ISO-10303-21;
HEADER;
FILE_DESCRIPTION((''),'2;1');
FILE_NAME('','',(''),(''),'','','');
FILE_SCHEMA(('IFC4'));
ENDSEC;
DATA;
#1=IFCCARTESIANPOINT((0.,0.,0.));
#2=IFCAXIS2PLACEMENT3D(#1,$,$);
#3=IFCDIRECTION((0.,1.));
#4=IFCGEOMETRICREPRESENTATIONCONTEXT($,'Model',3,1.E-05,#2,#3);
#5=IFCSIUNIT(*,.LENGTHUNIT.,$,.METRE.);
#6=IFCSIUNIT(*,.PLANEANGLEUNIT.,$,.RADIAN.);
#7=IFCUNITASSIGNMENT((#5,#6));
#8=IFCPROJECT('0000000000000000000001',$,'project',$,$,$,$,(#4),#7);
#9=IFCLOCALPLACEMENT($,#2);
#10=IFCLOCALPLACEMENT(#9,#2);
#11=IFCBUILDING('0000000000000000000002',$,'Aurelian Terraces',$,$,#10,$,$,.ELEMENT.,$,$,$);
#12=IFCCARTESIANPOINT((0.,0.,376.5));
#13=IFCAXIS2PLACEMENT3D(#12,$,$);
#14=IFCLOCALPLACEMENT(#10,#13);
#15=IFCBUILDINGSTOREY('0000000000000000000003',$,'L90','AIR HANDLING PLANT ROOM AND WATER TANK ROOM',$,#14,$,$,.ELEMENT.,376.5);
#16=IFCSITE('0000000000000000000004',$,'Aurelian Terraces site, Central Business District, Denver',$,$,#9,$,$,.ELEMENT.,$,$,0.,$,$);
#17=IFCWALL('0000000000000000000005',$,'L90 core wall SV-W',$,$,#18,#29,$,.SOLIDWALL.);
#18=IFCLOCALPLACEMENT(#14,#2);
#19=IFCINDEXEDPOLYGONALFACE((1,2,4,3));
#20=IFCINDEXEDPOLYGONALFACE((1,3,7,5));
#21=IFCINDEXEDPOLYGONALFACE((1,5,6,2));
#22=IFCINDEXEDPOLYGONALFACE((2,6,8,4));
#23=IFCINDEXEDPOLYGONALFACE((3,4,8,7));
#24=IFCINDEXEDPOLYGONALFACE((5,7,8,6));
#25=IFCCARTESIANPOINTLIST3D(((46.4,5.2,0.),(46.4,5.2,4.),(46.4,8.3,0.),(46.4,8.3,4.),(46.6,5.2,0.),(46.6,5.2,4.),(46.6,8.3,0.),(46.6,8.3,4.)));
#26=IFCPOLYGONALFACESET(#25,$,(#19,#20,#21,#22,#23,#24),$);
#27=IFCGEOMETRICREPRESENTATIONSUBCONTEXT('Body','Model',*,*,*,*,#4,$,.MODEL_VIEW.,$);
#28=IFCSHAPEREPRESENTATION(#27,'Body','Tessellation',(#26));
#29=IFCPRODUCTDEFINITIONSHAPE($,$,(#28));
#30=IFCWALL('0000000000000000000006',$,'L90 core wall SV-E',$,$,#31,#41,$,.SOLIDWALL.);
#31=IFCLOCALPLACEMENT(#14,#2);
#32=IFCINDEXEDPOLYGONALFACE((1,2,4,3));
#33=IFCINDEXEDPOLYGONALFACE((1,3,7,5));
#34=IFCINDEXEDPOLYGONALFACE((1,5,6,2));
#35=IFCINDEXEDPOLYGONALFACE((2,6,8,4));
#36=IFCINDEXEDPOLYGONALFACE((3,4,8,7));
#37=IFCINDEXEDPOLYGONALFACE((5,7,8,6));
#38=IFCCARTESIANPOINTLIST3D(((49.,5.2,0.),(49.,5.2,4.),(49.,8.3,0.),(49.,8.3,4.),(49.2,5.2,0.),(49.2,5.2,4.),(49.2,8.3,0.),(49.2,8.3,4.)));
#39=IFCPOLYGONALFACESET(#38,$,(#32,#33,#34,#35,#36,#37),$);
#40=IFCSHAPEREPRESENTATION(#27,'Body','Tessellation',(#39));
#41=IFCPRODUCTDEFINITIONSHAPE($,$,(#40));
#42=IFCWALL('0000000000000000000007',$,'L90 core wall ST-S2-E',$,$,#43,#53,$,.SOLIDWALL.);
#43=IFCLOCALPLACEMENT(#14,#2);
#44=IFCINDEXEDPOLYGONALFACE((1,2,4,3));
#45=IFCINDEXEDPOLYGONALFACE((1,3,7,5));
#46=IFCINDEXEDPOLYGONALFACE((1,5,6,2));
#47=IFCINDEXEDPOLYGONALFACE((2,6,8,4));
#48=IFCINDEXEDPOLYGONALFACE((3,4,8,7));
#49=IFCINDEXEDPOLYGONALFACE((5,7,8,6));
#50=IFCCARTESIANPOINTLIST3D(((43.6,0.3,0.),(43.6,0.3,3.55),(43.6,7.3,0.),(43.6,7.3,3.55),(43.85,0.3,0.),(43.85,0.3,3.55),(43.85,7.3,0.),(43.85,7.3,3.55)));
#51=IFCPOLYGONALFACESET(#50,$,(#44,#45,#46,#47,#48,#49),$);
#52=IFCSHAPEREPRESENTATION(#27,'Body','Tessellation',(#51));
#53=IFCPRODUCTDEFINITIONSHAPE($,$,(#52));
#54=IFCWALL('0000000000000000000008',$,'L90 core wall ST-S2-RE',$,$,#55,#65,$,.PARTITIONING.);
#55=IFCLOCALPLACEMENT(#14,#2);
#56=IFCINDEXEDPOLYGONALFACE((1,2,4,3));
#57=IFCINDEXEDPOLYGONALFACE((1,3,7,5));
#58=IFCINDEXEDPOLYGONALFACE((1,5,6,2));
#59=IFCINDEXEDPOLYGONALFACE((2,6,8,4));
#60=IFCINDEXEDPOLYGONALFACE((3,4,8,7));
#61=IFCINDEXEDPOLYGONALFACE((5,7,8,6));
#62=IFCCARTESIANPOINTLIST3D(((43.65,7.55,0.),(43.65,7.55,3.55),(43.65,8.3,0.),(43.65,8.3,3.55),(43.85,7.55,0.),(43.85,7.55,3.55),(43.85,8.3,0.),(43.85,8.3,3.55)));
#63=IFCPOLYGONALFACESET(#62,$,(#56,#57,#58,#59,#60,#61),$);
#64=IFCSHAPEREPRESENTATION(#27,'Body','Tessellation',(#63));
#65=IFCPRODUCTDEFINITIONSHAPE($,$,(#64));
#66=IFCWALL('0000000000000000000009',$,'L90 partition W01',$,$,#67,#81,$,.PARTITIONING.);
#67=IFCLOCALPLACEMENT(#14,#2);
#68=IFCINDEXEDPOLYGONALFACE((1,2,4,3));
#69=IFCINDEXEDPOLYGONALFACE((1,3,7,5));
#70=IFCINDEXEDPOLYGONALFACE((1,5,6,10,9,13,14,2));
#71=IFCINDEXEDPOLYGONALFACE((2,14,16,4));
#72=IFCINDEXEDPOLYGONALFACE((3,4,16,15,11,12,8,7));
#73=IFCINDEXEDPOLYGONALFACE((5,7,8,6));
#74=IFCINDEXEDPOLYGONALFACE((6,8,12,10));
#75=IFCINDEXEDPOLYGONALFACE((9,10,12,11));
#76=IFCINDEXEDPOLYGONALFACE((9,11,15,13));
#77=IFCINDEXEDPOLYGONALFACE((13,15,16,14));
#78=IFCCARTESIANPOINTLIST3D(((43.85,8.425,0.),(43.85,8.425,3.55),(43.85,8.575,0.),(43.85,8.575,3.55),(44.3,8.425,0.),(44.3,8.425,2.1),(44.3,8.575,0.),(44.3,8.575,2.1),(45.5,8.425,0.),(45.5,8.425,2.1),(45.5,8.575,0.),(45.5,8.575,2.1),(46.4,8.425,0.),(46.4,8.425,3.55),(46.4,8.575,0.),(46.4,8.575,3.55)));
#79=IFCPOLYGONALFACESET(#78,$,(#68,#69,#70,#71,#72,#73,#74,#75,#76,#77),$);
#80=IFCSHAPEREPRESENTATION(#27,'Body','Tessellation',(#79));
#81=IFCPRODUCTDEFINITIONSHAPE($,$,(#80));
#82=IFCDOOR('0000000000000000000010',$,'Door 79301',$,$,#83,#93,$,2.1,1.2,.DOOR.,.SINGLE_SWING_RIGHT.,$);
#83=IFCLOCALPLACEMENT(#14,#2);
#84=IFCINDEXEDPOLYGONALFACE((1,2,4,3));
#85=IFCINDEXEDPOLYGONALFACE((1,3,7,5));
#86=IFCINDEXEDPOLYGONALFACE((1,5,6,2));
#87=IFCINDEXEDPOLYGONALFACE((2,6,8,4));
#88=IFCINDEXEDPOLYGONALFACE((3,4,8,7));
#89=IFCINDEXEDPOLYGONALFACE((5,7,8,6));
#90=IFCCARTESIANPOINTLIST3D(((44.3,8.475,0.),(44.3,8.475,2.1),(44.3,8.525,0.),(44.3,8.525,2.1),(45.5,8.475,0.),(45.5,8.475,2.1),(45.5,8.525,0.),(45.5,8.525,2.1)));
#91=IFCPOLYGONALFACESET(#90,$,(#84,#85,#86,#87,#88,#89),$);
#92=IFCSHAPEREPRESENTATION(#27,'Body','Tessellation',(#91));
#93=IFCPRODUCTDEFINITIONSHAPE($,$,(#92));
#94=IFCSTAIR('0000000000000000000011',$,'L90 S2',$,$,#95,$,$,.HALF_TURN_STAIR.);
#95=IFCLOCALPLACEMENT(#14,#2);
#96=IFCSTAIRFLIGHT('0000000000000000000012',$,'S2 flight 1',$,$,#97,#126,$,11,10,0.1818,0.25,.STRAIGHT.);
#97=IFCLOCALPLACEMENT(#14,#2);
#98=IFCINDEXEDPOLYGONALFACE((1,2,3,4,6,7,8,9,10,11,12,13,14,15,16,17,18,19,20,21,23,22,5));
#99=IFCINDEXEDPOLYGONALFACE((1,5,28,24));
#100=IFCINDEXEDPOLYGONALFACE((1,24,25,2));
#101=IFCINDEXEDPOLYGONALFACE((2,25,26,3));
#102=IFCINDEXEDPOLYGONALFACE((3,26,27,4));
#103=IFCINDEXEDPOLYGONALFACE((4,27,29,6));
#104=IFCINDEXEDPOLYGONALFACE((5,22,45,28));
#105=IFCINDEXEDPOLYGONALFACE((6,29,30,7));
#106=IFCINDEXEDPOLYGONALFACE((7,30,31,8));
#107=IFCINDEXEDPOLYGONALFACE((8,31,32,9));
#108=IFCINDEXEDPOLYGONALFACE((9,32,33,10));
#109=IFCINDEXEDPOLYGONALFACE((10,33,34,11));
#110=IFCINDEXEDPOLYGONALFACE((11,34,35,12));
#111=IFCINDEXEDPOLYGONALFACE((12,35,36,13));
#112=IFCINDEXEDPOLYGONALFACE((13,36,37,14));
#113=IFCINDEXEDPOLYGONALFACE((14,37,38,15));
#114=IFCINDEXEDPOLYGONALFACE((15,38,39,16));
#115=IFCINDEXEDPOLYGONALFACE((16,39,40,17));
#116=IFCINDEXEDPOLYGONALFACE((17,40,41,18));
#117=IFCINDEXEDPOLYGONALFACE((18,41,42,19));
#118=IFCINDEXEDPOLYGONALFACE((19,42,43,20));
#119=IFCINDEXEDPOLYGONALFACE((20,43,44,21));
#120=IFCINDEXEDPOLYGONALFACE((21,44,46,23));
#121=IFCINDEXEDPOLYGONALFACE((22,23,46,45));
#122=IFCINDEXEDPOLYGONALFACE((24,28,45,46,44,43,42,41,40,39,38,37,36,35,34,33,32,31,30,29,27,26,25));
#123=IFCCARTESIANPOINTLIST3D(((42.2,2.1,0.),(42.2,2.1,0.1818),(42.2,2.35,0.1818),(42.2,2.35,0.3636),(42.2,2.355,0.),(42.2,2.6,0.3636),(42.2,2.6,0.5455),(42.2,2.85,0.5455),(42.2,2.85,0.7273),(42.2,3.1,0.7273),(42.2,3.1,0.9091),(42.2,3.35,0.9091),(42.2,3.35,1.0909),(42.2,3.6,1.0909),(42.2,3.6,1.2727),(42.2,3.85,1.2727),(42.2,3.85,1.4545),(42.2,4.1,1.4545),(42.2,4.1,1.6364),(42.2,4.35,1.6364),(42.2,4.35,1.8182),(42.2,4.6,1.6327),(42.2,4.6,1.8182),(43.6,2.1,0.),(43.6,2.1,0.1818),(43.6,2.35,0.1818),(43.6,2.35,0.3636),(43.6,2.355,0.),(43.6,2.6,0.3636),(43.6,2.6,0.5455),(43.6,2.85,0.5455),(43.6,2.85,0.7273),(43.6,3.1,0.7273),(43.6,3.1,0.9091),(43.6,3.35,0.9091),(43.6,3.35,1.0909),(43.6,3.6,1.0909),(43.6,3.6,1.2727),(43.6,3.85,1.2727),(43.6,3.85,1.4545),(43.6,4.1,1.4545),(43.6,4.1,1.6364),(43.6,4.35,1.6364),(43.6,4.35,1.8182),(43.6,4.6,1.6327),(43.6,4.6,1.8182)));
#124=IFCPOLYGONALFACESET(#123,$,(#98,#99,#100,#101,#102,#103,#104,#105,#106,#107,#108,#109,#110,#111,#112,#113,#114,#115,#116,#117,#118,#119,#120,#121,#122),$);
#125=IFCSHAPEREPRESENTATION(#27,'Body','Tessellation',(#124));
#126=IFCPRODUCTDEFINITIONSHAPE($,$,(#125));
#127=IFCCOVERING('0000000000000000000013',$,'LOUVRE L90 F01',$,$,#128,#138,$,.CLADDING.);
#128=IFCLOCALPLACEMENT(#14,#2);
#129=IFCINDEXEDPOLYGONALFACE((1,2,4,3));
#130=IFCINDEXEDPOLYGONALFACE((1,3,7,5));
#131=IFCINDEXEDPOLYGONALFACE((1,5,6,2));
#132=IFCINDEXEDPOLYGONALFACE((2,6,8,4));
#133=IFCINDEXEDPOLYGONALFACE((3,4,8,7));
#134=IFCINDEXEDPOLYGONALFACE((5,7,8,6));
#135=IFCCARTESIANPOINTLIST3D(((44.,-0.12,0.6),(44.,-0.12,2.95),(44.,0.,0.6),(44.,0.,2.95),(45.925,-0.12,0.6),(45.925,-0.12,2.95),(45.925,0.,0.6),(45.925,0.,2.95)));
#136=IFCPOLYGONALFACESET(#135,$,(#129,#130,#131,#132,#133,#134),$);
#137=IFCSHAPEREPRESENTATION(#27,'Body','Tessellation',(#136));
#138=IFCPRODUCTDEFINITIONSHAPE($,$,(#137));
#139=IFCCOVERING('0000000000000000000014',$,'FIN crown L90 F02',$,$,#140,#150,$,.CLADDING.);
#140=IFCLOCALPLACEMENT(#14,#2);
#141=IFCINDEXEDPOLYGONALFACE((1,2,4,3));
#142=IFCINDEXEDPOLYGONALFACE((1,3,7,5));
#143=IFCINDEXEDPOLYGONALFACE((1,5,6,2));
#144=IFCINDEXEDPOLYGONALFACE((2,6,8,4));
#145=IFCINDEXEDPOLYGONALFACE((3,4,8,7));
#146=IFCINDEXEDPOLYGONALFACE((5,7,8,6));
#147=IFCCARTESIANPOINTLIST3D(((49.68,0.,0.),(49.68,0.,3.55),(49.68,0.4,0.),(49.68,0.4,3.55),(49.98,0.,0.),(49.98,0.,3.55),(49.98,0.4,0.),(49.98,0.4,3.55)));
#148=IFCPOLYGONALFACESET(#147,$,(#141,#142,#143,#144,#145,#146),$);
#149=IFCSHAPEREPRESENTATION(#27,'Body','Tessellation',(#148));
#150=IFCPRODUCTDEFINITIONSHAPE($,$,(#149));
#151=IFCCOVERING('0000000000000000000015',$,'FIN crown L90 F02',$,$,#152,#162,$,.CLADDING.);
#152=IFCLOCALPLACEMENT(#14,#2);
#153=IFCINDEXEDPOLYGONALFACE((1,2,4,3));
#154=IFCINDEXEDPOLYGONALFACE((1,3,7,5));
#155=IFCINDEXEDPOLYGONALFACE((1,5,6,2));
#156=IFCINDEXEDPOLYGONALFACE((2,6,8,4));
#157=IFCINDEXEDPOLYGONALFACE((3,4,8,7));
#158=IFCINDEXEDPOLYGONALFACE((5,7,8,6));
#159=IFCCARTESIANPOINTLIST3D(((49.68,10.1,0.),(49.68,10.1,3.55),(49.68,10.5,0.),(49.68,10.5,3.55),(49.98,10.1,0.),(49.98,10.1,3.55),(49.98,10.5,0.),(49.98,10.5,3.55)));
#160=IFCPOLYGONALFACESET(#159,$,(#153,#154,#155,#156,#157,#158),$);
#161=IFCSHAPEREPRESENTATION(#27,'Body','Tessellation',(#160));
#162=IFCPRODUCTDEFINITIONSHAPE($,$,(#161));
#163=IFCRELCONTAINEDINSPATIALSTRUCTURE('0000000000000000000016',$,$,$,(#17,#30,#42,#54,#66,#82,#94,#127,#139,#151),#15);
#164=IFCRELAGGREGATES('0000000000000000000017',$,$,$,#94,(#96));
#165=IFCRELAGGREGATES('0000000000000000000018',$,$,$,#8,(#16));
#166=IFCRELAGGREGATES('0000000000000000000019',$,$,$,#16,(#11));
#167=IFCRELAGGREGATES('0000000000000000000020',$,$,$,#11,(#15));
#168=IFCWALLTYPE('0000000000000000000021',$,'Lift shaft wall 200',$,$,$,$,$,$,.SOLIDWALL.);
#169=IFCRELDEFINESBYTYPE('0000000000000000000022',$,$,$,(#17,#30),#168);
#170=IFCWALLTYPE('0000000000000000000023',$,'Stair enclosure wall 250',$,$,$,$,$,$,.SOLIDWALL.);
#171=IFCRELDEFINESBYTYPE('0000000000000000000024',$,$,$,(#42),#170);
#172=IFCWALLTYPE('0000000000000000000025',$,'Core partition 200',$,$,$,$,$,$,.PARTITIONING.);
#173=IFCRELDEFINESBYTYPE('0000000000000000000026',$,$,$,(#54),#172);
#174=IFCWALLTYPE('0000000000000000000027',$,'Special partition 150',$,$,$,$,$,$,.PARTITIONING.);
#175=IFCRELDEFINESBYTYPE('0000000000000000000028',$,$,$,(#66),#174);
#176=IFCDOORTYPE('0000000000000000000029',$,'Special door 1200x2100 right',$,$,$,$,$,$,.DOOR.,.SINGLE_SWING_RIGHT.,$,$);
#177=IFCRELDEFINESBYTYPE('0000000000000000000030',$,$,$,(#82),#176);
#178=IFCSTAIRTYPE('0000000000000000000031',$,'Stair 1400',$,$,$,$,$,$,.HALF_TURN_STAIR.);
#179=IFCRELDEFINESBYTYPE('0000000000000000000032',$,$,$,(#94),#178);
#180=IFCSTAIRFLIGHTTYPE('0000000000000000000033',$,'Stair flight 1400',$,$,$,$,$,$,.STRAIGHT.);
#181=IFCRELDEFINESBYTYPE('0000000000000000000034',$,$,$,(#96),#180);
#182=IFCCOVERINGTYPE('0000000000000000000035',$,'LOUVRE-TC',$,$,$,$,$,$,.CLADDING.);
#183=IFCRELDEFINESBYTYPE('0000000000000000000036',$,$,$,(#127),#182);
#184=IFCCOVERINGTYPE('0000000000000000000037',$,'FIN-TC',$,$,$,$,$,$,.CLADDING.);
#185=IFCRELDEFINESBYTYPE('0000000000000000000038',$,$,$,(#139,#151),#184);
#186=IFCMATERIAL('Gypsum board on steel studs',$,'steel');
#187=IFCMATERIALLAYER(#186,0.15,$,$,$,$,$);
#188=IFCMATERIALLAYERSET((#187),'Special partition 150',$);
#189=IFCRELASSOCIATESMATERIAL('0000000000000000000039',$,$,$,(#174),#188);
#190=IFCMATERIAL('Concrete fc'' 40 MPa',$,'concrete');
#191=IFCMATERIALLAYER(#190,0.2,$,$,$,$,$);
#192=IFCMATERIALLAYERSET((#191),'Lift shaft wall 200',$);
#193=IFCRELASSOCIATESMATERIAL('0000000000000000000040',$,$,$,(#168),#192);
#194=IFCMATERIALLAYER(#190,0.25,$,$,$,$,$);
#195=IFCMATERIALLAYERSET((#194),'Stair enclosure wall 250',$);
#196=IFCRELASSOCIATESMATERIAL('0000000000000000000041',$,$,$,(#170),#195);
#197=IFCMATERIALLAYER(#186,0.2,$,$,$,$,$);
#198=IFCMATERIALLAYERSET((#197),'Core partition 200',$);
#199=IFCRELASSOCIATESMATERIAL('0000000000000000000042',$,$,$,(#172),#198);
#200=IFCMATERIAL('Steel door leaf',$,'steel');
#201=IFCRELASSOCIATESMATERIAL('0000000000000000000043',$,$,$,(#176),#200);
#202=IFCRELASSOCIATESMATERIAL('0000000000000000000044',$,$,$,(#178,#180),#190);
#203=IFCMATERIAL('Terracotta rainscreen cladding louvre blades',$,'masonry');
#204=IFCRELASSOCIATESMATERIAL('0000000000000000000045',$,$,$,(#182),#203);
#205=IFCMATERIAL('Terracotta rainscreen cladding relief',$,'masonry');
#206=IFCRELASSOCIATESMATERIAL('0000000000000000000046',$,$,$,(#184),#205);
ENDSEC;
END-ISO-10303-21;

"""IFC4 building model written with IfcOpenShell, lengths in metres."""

from ifc_helpers import new_model, si_unit, direction, frame, frame_2d, origin, origin_2d, place, context, subcontext, project, spatial, polyline, rectangle, outline, extrude, source, transform, mapped, material, layer, layer_set, type_object, element, fill, aggregate, save


model = new_model("IFC4")

# Units and contexts
model_context = context("Model", 3, precision=1e-05, world=origin(), true_north=direction((0.0, 1.0)))
body_context = subcontext(model_context, "Body", "Model", "MODEL_VIEW")
ifc_project = project(units=[si_unit("LENGTHUNIT", "METRE"), si_unit("PLANEANGLEUNIT", "RADIAN")], contexts=[model_context])

# Site, building, storey
site_placement = place(None, origin())
site = spatial("IfcSite", under=ifc_project, at=site_placement, Name="Aurelian Terraces site, Central Business District, Denver", CompositionType="ELEMENT", RefElevation=0.0)
building_placement = place(site_placement, origin())
building = spatial("IfcBuilding", under=site, at=building_placement, Name="Aurelian Terraces", CompositionType="ELEMENT")
storey_placement = place(building_placement, frame((0.0, 0.0, 376.5)))
storey = spatial("IfcBuildingStorey", under=building, at=storey_placement, Name="L90", Description="AIR HANDLING PLANT ROOM AND WATER TANK ROOM", CompositionType="ELEMENT", Elevation=376.5)

# Shared definitions
ifc_material_1 = material(Name="Gypsum board on steel studs", Category="steel")
ifc_layer_1 = layer(ifc_material_1, 0.15)
ifc_layer_set_1 = layer_set([ifc_layer_1], Name="Special partition 150")
wall_type_1 = type_object("IfcWallType", Name="Special partition 150", PredefinedType="PARTITIONING", material=ifc_layer_set_1)
shared_shape_1 = source(origin(), body_context, "Body", "SweptSolid", [
    extrude(rectangle(XDim=1.2, YDim=2.1, at=frame_2d((0.6, 1.05))), frame((0.0, 0.085, 0.0), z_axis=(0.0, -1.0, 0.0), x_axis=(1.0, 0.0, 0.0)), (0.0, 0.0, 1.0), 0.17),
])
ifc_material_2 = material(Name="Steel door leaf", Category="steel")
shared_shape_2 = source(origin(), body_context, "Body", "SweptSolid", [
    extrude(rectangle(XDim=1.2, YDim=2.1, at=frame_2d((0.6, 1.05))), frame((0.0, 0.025, 0.0), z_axis=(0.0, -1.0, 0.0), x_axis=(1.0, 0.0, 0.0)), (0.0, 0.0, 1.0), 0.05),
])

# Shared definitions
ifc_material_3 = material(Name="Concrete fc' 40 MPa", Category="concrete")
ifc_layer_2 = layer(ifc_material_3, 0.2)
ifc_layer_set_2 = layer_set([ifc_layer_2], Name="Lift shaft wall 200")
wall_type_2 = type_object("IfcWallType", Name="Lift shaft wall 200", PredefinedType="SOLIDWALL", material=ifc_layer_set_2)

# Walls
shared_shape_3 = source(origin(), body_context, "Body", "SweptSolid", [
    extrude(rectangle(XDim=3.1, YDim=0.2, at=frame_2d((1.55, 0.0))), origin(), (0.0, 0.0, 1.0), 4.0),
])
for number, where, z_axis, x_axis, name in (
    (1, (46.5, 5.2, 0.0), (0.0, 0.0, 1.0), (0.0, 1.0, 0.0), "L90 core wall SV-W"),
    (2, (49.1, 5.2, 0.0), (0.0, 0.0, 1.0), (0.0, 1.0, 0.0), "L90 core wall SV-E"),
):
    element("IfcWall", number, at=place(storey_placement, frame(where, z_axis=z_axis, x_axis=x_axis)), inside=storey, type_object=wall_type_2, Name=name, PredefinedType="SOLIDWALL", context=body_context, shape_type="MappedRepresentation", body=[
        mapped(shared_shape_3, transform((0.0, 0.0, 0.0), scale=1.0)),
    ])
ifc_layer_3 = layer(ifc_material_3, 0.25)
ifc_layer_set_3 = layer_set([ifc_layer_3], Name="Stair enclosure wall 250")
wall_type_3 = type_object("IfcWallType", Name="Stair enclosure wall 250", PredefinedType="SOLIDWALL", material=ifc_layer_set_3)
shared_shape_4 = source(origin(), body_context, "Body", "SweptSolid", [
    extrude(rectangle(XDim=7.0, YDim=0.25, at=frame_2d((3.5, 0.0))), origin(), (0.0, 0.0, 1.0), 3.55),
])
wall_1_placement = place(storey_placement, frame((43.725, 0.3, 0.0), z_axis=(0.0, 0.0, 1.0), x_axis=(0.0, 1.0, 0.0)))
element("IfcWall", 3, at=wall_1_placement, inside=storey, type_object=wall_type_3, Name="L90 core wall ST-S2-E", PredefinedType="SOLIDWALL", context=body_context, shape_type="MappedRepresentation", body=[
    mapped(shared_shape_4, transform((0.0, 0.0, 0.0), scale=1.0)),
])
ifc_layer_4 = layer(ifc_material_1, 0.2)
ifc_layer_set_4 = layer_set([ifc_layer_4], Name="Core partition 200")
wall_type_4 = type_object("IfcWallType", Name="Core partition 200", PredefinedType="PARTITIONING", material=ifc_layer_set_4)
shared_shape_5 = source(origin(), body_context, "Body", "SweptSolid", [
    extrude(rectangle(XDim=0.75, YDim=0.2, at=frame_2d((0.375, 0.0))), origin(), (0.0, 0.0, 1.0), 3.55),
])
wall_2_placement = place(storey_placement, frame((43.75, 7.55, 0.0), z_axis=(0.0, 0.0, 1.0), x_axis=(0.0, 1.0, 0.0)))
element("IfcWall", 4, at=wall_2_placement, inside=storey, type_object=wall_type_4, Name="L90 core wall ST-S2-RE", PredefinedType="PARTITIONING", context=body_context, shape_type="MappedRepresentation", body=[
    mapped(shared_shape_5, transform((0.0, 0.0, 0.0), scale=1.0)),
])

# Wall, opening, door
shared_shape_6 = source(origin(), body_context, "Body", "SweptSolid", [
    extrude(rectangle(XDim=2.55, YDim=0.15, at=frame_2d((1.275, 0.0))), origin(), (0.0, 0.0, 1.0), 3.55),
])
wall_3_placement = place(storey_placement, frame((43.85, 8.5, 0.0), z_axis=(0.0, 0.0, 1.0), x_axis=(1.0, 0.0, 0.0)))
wall_3 = element("IfcWall", 5, at=wall_3_placement, inside=storey, type_object=wall_type_1, Name="L90 partition W01", PredefinedType="PARTITIONING", context=body_context, shape_type="MappedRepresentation", body=[
    mapped(shared_shape_6, transform((0.0, 0.0, 0.0), scale=1.0)),
])
opening_1_placement = place(wall_3_placement, frame((0.45, 0.0, 0.0)))
opening_1 = element("IfcOpeningElement", 6, at=opening_1_placement, cuts=wall_3, PredefinedType="OPENING", context=body_context, shape_type="MappedRepresentation", body=[
    mapped(shared_shape_1, transform((0.0, 0.0, 0.0), scale=1.0)),
])
door_type_1 = type_object("IfcDoorType", Name="Special door 1200x2100 right", OperationType="SINGLE_SWING_RIGHT", PredefinedType="DOOR", material=ifc_material_2)
door_1_placement = place(opening_1_placement, origin())
door_1 = element("IfcDoor", 7, at=door_1_placement, inside=storey, type_object=door_type_1, Name="Door 79301", OperationType="SINGLE_SWING_RIGHT", OverallHeight=2.1, OverallWidth=1.2, PredefinedType="DOOR", context=body_context, shape_type="MappedRepresentation", body=[
    mapped(shared_shape_2, transform((0.0, 0.0, 0.0), scale=1.0)),
])
fill(opening_1, door_1)

# Stair, stair flight
stair_type = type_object("IfcStairType", Name="Stair 1400", PredefinedType="HALF_TURN_STAIR", material=ifc_material_3)
stair_placement = place(storey_placement, origin())
stair = element("IfcStair", 8, at=stair_placement, inside=storey, type_object=stair_type, Name="L90 S2", PredefinedType="HALF_TURN_STAIR")
stair_flight_type = type_object("IfcStairFlightType", Name="Stair flight 1400", PredefinedType="STRAIGHT", material=ifc_material_3)
shared_shape_7 = source(origin(), body_context, "Body", "SweptSolid", [
    extrude(outline(polyline([(0.0, 0.0), (0.0, 0.1818), (0.25, 0.1818), (0.25, 0.3636), (0.5, 0.3636), (0.5, 0.5455), (0.75, 0.5455), (0.75, 0.7273), (1.0, 0.7273), (1.0, 0.9091), (1.25, 0.9091), (1.25, 1.0909), (1.5, 1.0909), (1.5, 1.2727), (1.75, 1.2727), (1.75, 1.4545), (2.0, 1.4545), (2.0, 1.6364), (2.25, 1.6364), (2.25, 1.8182), (2.5, 1.8182), (2.5, 2.0), (2.5, 1.6327), (0.255, 0.0), (0.0, 0.0)])), frame((0.0, 0.7, 0.0), z_axis=(0.0, -1.0, 0.0), x_axis=(1.0, 0.0, 0.0)), (0.0, 0.0, 1.0), 1.4),
])
stair_flight_placement = place(storey_placement, frame((42.9, 2.1, 0.0), z_axis=(0.0, 0.0, 1.0), x_axis=(0.0, 1.0, 0.0)))
stair_flight = element("IfcStairFlight", 9, at=stair_flight_placement, type_object=stair_flight_type, Name="S2 flight 1", NumberOfRisers=11, NumberOfTreads=10, PredefinedType="STRAIGHT", RiserHeight=0.1818, TreadLength=0.25, context=body_context, shape_type="MappedRepresentation", body=[
    mapped(shared_shape_7, transform((0.0, 0.0, 0.0), scale=1.0)),
])
aggregate(stair, [stair_flight])

# Coverings
ifc_material_4 = material(Name="Terracotta rainscreen cladding louvre blades", Category="masonry")
covering_type_1 = type_object("IfcCoveringType", Name="LOUVRE-TC", PredefinedType="CLADDING", material=ifc_material_4)
shared_shape_8 = source(origin(), body_context, "Body", "SweptSolid", [
    extrude(rectangle(XDim=1.925, YDim=0.12, at=origin_2d()), origin(), (0.0, 0.0, 1.0), 2.35),
])
covering_1_placement = place(storey_placement, frame((44.9625, -0.06, 0.6), z_axis=(0.0, 0.0, 1.0), x_axis=(1.0, 0.0, 0.0)))
element("IfcCovering", 10, at=covering_1_placement, inside=storey, type_object=covering_type_1, Name="LOUVRE L90 F01", PredefinedType="CLADDING", context=body_context, shape_type="MappedRepresentation", body=[
    mapped(shared_shape_8, transform((0.0, 0.0, 0.0), scale=1.0)),
])
ifc_material_5 = material(Name="Terracotta rainscreen cladding relief", Category="masonry")
covering_type_2 = type_object("IfcCoveringType", Name="FIN-TC", PredefinedType="CLADDING", material=ifc_material_5)
shared_shape_9 = source(origin(), body_context, "Body", "SweptSolid", [
    extrude(rectangle(XDim=0.3, YDim=0.4, at=origin_2d()), origin(), (0.0, 0.0, 1.0), 3.55),
])
for number, where, z_axis, x_axis, name in (
    (11, (49.83, 0.2, 0.0), (0.0, 0.0, 1.0), (1.0, 0.0, 0.0), "FIN crown L90 F02"),
    (12, (49.83, 10.3, 0.0), (0.0, 0.0, 1.0), (1.0, 0.0, 0.0), "FIN crown L90 F02"),
):
    element("IfcCovering", number, at=place(storey_placement, frame(where, z_axis=z_axis, x_axis=x_axis)), inside=storey, type_object=covering_type_2, Name=name, PredefinedType="CLADDING", context=body_context, shape_type="MappedRepresentation", body=[
        mapped(shared_shape_9, transform((0.0, 0.0, 0.0), scale=1.0)),
    ])

save(model, "model.ifc")
